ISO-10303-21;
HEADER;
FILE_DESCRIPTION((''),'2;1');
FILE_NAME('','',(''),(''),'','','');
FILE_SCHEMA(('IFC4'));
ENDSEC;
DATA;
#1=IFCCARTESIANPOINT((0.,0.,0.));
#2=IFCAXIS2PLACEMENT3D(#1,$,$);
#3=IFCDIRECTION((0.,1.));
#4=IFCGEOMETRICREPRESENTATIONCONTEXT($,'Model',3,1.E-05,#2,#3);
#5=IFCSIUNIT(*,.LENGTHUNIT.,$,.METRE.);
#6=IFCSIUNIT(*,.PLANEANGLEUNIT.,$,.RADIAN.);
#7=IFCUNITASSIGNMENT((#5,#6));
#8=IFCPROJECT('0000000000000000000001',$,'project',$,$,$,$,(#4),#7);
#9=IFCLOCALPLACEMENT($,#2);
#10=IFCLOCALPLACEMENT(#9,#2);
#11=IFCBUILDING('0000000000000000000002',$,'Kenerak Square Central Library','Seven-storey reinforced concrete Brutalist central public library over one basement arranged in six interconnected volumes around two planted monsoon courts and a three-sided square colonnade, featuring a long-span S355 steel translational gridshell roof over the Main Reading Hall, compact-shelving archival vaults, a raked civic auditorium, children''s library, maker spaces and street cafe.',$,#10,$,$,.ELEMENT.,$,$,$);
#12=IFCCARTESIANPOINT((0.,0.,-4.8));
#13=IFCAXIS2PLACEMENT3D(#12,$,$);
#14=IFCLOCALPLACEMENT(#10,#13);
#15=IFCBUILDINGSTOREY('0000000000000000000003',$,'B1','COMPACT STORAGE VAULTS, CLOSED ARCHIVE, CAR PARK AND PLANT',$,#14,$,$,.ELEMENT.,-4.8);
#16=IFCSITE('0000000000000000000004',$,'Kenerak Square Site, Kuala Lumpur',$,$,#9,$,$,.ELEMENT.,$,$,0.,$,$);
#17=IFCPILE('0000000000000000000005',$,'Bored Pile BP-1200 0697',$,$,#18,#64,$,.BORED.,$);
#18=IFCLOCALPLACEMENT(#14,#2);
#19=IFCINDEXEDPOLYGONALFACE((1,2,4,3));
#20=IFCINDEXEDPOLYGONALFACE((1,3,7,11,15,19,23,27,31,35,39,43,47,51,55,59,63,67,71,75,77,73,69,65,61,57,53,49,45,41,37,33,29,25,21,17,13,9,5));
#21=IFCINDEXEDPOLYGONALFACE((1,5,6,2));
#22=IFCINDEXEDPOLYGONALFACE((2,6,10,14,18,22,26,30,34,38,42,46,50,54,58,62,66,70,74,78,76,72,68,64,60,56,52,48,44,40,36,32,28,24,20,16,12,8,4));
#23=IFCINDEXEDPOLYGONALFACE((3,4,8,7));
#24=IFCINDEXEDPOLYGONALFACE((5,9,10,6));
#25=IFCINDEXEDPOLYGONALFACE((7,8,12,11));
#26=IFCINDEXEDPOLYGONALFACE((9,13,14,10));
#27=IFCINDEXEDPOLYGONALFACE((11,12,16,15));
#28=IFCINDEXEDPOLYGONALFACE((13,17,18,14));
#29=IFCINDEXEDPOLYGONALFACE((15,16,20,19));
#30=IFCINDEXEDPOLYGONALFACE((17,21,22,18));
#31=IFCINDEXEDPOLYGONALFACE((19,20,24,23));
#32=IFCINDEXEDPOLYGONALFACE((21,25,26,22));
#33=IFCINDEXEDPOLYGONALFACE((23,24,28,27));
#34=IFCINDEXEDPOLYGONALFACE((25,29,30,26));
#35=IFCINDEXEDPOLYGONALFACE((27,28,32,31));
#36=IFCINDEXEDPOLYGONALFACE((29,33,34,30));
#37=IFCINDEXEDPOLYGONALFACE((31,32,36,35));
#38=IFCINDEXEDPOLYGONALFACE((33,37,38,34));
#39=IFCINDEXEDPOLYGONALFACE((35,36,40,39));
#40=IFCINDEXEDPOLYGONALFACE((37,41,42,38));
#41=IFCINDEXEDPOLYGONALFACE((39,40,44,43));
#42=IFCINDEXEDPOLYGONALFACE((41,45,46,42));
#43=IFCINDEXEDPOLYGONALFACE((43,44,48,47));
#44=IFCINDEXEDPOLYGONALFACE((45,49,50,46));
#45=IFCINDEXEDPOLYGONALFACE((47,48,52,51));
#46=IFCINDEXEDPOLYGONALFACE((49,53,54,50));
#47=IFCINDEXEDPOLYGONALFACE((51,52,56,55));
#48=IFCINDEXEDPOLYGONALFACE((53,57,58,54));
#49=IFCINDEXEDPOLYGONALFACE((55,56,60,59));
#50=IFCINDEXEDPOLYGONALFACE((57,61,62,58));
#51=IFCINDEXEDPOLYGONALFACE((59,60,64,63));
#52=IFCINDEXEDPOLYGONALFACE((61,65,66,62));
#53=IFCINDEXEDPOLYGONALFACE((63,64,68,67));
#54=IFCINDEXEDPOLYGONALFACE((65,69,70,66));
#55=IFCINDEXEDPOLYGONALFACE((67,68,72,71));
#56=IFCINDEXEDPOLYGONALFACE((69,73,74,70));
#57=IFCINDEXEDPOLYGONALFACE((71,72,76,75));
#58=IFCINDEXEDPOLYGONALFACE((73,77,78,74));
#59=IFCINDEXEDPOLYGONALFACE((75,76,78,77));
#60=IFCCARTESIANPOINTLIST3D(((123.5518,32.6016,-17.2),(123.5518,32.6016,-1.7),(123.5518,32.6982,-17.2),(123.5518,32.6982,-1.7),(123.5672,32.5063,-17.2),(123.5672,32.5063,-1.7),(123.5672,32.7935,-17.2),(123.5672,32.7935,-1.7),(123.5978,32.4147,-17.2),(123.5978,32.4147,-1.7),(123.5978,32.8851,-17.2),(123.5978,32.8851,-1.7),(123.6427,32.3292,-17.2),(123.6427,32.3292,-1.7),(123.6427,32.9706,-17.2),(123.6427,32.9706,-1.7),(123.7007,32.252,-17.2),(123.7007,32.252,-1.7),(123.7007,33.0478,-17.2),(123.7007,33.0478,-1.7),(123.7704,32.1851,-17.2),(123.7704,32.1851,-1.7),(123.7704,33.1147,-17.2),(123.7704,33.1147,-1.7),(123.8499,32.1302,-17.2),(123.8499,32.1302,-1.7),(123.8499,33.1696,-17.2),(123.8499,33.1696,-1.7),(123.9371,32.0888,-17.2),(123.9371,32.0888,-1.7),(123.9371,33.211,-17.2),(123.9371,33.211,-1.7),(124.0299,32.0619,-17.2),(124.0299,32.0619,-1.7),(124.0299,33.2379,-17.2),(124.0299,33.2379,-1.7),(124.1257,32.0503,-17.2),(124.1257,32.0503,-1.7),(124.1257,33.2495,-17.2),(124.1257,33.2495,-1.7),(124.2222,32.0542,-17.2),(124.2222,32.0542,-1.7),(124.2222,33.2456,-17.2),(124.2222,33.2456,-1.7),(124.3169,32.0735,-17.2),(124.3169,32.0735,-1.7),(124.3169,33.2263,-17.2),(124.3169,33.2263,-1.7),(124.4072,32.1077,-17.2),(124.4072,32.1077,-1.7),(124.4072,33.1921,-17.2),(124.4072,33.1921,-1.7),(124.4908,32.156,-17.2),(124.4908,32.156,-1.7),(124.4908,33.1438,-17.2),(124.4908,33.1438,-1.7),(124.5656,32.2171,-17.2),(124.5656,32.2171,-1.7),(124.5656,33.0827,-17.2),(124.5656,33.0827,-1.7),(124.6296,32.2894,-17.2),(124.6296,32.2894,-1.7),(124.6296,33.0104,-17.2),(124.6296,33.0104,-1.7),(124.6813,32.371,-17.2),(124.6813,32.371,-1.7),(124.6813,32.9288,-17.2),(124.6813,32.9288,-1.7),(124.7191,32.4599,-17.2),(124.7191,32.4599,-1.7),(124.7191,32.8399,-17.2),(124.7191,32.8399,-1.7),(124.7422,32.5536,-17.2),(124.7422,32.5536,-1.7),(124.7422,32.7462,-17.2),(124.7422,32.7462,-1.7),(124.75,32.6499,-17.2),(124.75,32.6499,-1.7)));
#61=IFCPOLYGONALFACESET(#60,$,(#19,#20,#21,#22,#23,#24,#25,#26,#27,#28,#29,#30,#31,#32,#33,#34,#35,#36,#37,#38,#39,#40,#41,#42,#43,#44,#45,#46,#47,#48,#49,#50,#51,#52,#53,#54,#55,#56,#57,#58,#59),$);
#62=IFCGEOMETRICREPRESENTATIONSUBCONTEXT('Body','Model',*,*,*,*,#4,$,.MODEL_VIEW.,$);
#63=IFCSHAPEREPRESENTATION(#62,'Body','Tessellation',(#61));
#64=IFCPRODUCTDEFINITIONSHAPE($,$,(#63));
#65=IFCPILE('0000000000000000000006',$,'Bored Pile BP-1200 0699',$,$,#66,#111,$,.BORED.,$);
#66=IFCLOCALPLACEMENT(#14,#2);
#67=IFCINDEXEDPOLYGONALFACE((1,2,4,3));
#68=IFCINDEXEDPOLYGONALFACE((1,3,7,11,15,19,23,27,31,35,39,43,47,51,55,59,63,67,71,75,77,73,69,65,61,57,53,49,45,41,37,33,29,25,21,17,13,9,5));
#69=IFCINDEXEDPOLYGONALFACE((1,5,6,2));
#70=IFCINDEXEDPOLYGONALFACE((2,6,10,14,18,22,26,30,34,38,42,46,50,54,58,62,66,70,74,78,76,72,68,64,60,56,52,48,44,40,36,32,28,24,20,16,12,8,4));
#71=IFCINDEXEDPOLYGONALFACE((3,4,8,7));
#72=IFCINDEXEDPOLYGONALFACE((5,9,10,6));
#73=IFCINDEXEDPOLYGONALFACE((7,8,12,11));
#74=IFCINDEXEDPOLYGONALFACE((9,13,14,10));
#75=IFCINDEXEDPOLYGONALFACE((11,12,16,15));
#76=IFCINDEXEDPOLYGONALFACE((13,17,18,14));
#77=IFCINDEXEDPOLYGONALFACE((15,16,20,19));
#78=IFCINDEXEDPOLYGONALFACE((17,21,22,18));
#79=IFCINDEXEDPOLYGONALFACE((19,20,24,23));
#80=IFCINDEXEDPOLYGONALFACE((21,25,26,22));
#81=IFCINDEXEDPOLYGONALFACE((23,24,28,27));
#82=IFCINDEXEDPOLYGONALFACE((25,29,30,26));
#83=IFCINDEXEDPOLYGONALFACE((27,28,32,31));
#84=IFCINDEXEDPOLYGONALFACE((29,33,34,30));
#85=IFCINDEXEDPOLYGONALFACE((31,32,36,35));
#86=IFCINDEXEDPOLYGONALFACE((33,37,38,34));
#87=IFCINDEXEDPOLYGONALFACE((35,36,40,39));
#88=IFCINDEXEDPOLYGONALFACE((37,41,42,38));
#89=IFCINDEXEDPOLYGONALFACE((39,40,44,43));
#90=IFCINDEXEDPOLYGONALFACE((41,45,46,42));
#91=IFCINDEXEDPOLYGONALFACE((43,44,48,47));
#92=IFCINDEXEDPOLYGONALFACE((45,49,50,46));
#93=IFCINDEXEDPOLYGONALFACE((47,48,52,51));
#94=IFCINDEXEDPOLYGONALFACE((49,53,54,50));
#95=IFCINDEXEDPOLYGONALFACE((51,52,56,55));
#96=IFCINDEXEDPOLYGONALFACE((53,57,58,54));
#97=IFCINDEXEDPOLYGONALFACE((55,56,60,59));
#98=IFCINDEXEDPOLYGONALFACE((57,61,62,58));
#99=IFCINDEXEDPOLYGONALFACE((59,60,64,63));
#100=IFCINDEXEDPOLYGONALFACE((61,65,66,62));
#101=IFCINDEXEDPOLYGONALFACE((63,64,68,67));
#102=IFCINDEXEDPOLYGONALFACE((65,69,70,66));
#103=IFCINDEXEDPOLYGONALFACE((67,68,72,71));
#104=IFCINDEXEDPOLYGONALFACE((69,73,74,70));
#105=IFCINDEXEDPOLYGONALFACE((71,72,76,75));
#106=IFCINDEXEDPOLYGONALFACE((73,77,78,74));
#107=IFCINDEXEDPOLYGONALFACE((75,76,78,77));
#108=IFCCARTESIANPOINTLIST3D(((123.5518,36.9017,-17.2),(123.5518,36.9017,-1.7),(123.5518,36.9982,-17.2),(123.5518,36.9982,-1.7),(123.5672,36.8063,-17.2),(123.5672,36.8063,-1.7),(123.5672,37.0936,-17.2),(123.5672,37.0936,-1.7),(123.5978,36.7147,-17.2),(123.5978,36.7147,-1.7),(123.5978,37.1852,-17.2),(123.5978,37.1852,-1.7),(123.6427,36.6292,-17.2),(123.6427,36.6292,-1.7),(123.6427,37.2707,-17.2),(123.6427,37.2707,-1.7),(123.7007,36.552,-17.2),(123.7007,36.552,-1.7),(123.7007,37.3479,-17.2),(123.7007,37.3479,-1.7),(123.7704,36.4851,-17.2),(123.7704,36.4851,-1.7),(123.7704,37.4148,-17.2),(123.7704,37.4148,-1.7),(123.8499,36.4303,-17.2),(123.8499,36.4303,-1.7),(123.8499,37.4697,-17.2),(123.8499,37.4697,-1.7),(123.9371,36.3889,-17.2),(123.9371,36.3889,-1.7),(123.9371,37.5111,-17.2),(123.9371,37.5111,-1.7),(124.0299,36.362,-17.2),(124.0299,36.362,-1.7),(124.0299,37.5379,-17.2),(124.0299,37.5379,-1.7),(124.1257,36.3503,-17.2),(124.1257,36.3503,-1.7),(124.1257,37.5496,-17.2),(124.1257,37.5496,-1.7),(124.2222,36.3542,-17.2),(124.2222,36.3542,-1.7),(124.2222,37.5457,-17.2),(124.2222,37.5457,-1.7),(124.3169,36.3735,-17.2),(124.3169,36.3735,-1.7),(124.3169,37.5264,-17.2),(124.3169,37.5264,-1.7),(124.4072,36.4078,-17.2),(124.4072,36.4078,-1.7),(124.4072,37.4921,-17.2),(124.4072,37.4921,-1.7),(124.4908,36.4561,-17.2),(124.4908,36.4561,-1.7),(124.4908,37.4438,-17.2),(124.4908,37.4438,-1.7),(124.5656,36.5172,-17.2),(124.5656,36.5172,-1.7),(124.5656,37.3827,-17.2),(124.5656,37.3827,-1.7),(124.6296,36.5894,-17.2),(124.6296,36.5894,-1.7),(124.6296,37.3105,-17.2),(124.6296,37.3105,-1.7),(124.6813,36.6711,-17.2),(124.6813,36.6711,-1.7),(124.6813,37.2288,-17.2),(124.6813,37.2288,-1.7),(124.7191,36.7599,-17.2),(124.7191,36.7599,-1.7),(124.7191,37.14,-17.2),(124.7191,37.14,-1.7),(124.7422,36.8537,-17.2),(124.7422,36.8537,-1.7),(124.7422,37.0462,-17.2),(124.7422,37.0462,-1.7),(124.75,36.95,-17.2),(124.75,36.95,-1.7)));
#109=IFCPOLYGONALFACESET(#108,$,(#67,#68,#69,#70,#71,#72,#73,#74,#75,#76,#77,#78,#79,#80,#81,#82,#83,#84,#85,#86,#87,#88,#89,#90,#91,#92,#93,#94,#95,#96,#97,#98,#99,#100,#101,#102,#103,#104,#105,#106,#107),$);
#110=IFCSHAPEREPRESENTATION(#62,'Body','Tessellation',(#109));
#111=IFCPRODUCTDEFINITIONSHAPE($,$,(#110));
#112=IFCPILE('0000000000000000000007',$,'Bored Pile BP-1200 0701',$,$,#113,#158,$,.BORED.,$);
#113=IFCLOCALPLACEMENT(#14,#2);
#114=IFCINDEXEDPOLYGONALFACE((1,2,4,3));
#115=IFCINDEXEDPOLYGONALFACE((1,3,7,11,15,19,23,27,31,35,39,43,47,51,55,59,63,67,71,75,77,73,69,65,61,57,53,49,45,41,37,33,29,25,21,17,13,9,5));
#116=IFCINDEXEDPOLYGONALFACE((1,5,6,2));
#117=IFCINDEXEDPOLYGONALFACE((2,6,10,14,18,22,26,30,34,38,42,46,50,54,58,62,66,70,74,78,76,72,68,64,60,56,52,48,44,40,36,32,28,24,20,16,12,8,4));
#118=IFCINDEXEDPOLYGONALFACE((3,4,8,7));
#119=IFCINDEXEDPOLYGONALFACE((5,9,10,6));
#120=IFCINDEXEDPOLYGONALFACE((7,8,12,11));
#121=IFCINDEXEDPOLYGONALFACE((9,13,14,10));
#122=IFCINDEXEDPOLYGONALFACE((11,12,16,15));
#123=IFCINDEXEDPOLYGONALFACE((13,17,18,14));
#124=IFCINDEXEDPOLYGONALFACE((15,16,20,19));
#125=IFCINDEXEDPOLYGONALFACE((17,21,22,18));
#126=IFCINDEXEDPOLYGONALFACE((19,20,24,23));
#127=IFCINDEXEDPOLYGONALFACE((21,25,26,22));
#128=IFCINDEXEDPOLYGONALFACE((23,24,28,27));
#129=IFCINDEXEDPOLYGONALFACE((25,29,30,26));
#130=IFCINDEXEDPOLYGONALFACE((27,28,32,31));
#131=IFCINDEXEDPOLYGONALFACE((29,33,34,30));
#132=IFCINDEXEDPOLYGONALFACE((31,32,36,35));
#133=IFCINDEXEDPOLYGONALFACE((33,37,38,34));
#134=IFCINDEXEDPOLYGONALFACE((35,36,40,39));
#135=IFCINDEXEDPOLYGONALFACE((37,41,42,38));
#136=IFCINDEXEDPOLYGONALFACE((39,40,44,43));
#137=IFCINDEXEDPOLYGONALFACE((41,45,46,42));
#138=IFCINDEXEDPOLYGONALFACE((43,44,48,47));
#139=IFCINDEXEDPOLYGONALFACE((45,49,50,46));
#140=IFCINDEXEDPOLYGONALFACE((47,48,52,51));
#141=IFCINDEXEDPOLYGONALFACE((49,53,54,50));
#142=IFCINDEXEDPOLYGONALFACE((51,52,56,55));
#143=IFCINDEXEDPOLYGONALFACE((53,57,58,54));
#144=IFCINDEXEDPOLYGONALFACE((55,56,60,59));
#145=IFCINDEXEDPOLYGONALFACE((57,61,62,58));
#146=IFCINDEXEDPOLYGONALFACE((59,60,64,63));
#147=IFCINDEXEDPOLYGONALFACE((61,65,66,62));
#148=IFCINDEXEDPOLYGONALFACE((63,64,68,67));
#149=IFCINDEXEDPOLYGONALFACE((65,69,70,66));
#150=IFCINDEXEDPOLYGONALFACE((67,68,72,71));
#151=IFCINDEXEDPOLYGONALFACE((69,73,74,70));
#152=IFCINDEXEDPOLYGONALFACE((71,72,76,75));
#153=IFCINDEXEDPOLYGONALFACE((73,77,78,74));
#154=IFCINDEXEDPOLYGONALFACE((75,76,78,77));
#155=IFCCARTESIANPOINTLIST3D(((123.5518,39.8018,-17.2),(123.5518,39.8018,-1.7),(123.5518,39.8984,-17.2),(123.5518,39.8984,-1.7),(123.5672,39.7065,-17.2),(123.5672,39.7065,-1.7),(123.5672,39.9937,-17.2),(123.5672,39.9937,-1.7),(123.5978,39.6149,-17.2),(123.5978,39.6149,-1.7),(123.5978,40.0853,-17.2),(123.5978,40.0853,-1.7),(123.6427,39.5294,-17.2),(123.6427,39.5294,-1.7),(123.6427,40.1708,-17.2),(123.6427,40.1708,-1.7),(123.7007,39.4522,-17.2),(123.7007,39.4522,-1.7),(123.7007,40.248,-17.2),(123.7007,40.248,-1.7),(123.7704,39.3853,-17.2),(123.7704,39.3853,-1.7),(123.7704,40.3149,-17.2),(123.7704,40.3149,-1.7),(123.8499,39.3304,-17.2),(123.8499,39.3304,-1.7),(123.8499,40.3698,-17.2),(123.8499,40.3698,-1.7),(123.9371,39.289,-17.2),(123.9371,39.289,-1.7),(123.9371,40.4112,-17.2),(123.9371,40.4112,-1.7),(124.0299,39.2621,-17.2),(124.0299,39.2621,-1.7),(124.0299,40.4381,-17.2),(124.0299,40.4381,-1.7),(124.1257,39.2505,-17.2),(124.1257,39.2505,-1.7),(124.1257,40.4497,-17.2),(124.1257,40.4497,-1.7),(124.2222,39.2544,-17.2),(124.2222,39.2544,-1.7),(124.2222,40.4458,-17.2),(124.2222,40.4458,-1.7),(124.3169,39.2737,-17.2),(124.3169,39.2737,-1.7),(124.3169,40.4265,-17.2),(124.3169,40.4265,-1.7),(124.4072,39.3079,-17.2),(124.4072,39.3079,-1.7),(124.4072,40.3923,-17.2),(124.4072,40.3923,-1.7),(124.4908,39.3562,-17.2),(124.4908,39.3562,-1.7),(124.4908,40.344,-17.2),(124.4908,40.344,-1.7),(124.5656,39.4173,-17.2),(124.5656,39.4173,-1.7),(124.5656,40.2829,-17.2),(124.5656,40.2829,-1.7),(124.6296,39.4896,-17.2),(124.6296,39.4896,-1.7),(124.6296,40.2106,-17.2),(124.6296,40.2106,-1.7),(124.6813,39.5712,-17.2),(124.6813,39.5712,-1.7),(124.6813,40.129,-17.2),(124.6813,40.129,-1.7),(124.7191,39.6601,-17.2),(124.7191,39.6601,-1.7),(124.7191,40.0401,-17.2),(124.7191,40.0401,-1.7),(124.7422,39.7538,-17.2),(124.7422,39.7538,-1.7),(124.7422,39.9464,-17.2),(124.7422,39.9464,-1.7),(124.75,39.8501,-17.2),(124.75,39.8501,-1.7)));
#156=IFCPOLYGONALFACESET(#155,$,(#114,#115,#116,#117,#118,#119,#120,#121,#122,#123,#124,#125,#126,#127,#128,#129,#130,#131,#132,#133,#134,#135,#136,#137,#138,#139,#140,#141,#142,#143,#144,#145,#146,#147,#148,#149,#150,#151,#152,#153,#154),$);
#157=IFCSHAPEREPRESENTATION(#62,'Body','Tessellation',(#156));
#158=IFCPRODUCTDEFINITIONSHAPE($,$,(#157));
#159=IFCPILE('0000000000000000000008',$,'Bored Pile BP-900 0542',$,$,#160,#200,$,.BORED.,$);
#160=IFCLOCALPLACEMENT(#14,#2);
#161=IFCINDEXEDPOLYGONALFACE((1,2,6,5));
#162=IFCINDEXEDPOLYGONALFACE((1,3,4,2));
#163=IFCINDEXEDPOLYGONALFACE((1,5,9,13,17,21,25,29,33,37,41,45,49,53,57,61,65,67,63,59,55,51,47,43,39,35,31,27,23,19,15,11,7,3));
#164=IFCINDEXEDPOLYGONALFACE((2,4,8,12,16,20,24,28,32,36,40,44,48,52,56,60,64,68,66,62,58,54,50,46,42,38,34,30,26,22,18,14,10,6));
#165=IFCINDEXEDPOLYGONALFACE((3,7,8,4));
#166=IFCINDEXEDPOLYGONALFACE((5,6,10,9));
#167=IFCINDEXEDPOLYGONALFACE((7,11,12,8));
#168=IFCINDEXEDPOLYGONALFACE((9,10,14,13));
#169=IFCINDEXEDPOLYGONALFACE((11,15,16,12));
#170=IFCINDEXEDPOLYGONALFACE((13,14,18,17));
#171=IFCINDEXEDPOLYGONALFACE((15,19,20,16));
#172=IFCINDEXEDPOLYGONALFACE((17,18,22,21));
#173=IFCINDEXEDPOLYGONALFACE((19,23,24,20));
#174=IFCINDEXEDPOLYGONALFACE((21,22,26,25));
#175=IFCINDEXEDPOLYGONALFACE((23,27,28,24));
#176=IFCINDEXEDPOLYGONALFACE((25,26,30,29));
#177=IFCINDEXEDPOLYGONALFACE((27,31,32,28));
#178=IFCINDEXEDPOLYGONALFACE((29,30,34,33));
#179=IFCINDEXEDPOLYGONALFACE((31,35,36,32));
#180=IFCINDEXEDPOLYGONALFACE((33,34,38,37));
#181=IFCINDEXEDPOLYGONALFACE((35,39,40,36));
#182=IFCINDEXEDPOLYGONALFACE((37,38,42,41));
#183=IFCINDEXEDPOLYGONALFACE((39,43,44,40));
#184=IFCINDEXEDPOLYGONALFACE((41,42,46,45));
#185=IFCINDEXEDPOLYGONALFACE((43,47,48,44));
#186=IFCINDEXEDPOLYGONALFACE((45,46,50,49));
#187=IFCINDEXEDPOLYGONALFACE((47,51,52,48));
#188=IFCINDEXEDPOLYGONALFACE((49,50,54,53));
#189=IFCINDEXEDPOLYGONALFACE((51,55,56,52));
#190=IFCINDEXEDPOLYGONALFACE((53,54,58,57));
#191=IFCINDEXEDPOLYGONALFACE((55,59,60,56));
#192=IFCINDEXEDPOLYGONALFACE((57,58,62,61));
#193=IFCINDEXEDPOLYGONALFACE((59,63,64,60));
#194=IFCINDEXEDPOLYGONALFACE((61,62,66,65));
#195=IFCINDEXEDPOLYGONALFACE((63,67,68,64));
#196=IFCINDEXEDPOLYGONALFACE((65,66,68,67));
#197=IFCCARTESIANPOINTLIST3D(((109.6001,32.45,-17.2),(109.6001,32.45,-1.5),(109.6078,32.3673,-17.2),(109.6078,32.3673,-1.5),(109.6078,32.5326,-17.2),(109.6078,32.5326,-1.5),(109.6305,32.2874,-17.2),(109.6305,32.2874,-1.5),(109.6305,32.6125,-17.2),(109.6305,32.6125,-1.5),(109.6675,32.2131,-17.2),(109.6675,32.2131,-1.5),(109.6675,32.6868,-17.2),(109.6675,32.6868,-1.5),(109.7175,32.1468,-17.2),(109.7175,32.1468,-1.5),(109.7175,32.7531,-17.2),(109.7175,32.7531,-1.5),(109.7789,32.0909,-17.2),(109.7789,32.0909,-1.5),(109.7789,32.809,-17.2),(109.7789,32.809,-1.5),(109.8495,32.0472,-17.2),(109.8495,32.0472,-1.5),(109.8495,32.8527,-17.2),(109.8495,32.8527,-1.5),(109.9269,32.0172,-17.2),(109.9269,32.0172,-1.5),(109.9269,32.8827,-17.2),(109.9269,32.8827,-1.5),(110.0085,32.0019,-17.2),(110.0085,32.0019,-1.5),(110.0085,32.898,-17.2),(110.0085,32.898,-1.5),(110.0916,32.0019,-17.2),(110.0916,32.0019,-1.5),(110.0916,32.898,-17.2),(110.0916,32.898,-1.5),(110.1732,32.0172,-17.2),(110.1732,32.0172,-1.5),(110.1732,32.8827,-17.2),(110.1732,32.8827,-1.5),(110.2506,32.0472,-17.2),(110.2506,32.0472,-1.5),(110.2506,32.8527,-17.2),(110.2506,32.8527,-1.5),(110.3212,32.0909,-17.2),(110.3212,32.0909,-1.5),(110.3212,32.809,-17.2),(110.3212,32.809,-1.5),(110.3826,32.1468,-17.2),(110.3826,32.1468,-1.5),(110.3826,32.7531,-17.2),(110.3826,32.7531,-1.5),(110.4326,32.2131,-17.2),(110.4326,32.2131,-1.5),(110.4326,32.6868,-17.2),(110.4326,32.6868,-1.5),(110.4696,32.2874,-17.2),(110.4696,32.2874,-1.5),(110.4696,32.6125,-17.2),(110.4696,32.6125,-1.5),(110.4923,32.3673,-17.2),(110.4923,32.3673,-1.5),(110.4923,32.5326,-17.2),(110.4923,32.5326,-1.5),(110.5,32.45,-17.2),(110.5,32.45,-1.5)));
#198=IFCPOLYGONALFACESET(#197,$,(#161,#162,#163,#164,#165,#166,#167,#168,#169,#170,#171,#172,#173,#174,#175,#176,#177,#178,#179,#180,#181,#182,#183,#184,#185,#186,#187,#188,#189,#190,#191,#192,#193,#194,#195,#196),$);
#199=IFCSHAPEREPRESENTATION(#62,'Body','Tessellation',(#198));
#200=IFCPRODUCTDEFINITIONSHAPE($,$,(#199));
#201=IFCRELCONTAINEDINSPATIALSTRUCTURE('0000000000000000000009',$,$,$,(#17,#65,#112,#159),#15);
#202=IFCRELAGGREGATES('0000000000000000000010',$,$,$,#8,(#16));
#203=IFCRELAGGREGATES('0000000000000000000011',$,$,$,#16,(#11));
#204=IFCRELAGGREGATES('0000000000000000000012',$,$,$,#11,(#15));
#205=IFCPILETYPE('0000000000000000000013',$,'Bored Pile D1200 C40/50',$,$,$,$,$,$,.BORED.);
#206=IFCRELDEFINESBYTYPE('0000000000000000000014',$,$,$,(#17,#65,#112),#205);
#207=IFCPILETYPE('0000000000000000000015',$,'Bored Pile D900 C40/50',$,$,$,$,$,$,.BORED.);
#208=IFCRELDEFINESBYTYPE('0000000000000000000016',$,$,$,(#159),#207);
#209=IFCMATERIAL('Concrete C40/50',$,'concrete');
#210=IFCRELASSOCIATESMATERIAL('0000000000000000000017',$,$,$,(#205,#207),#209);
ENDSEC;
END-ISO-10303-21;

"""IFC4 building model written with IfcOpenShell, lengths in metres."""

from ifc_helpers import new_model, si_unit, direction, frame, origin, origin_2d, place, context, subcontext, project, spatial, circle, extrude, material, material_profile, profile_set, type_object, element, save


model = new_model("IFC4")

# Units and contexts
model_context = context("Model", 3, precision=1e-05, world=origin(), true_north=direction((0.0, 1.0)))
body_context = subcontext(model_context, "Body", "Model", "MODEL_VIEW")
ifc_project = project(units=[si_unit("LENGTHUNIT", "METRE"), si_unit("PLANEANGLEUNIT", "RADIAN")], contexts=[model_context])

# Site, building, storey
site_placement = place(None, origin())
site = spatial("IfcSite", under=ifc_project, at=site_placement, Name="Kenerak Square Site, Kuala Lumpur", CompositionType="ELEMENT", RefElevation=0.0)
building_placement = place(site_placement, origin())
building = spatial("IfcBuilding", under=site, at=building_placement, Name="Kenerak Square Central Library", Description="Seven-storey reinforced concrete Brutalist central public library over one basement arranged in six interconnected volumes around two planted monsoon courts and a three-sided square colonnade, featuring a long-span S355 steel translational gridshell roof over the Main Reading Hall, compact-shelving archival vaults, a raked civic auditorium, children's library, maker spaces and street cafe.", CompositionType="ELEMENT")
storey_placement = place(building_placement, frame((0.0, 0.0, -4.8)))
storey = spatial("IfcBuildingStorey", under=building, at=storey_placement, Name="B1", Description="COMPACT STORAGE VAULTS, CLOSED ARCHIVE, CAR PARK AND PLANT", CompositionType="ELEMENT", Elevation=-4.8)

# Piles
ifc_material_1 = material(Name="Concrete C40/50", Category="concrete")
ifc_material_profile_1 = material_profile(ifc_material_1, circle(Radius=0.6001, at=origin_2d()), Name="BP D1200")
ifc_profile_set_1 = profile_set([ifc_material_profile_1], Name="Concrete C40/50")
pile_type_1 = type_object("IfcPileType", Name="Bored Pile D1200 C40/50", PredefinedType="BORED", material=ifc_profile_set_1)
for number, where, z_axis, x_axis, name in (
    (1, (124.1499, 32.6499, -1.7), (0.0, 0.0, -1.0), (1.0, 0.0, 0.0), "Bored Pile BP-1200 0697"),
    (2, (124.1499, 36.95, -1.7), (0.0, 0.0, -1.0), (1.0, 0.0, 0.0), "Bored Pile BP-1200 0699"),
    (3, (124.1499, 39.8501, -1.7), (0.0, 0.0, -1.0), (1.0, 0.0, 0.0), "Bored Pile BP-1200 0701"),
):
    element("IfcPile", number, at=place(storey_placement, frame(where, z_axis=z_axis, x_axis=x_axis)), inside=storey, type_object=pile_type_1, Name=name, PredefinedType="BORED", context=body_context, shape_type="SweptSolid", body=[
        extrude(circle(Radius=0.6001, at=origin_2d()), origin(), (0.0, 0.0, 1.0), 15.5),
    ])
ifc_material_profile_2 = material_profile(ifc_material_1, circle(Radius=0.45, at=origin_2d()), Name="BP D900")
ifc_profile_set_2 = profile_set([ifc_material_profile_2], Name="Concrete C40/50")
pile_type_2 = type_object("IfcPileType", Name="Bored Pile D900 C40/50", PredefinedType="BORED", material=ifc_profile_set_2)
for number, where, z_axis, x_axis, name in (
    (4, (110.05, 32.45, -1.5), (0.0, 0.0, -1.0), (1.0, 0.0, 0.0), "Bored Pile BP-900 0542"),
):
    element("IfcPile", number, at=place(storey_placement, frame(where, z_axis=z_axis, x_axis=x_axis)), inside=storey, type_object=pile_type_2, Name=name, PredefinedType="BORED", context=body_context, shape_type="SweptSolid", body=[
        extrude(circle(Radius=0.45, at=origin_2d()), origin(), (0.0, 0.0, 1.0), 15.7),
    ])

save(model, "model.ifc")
